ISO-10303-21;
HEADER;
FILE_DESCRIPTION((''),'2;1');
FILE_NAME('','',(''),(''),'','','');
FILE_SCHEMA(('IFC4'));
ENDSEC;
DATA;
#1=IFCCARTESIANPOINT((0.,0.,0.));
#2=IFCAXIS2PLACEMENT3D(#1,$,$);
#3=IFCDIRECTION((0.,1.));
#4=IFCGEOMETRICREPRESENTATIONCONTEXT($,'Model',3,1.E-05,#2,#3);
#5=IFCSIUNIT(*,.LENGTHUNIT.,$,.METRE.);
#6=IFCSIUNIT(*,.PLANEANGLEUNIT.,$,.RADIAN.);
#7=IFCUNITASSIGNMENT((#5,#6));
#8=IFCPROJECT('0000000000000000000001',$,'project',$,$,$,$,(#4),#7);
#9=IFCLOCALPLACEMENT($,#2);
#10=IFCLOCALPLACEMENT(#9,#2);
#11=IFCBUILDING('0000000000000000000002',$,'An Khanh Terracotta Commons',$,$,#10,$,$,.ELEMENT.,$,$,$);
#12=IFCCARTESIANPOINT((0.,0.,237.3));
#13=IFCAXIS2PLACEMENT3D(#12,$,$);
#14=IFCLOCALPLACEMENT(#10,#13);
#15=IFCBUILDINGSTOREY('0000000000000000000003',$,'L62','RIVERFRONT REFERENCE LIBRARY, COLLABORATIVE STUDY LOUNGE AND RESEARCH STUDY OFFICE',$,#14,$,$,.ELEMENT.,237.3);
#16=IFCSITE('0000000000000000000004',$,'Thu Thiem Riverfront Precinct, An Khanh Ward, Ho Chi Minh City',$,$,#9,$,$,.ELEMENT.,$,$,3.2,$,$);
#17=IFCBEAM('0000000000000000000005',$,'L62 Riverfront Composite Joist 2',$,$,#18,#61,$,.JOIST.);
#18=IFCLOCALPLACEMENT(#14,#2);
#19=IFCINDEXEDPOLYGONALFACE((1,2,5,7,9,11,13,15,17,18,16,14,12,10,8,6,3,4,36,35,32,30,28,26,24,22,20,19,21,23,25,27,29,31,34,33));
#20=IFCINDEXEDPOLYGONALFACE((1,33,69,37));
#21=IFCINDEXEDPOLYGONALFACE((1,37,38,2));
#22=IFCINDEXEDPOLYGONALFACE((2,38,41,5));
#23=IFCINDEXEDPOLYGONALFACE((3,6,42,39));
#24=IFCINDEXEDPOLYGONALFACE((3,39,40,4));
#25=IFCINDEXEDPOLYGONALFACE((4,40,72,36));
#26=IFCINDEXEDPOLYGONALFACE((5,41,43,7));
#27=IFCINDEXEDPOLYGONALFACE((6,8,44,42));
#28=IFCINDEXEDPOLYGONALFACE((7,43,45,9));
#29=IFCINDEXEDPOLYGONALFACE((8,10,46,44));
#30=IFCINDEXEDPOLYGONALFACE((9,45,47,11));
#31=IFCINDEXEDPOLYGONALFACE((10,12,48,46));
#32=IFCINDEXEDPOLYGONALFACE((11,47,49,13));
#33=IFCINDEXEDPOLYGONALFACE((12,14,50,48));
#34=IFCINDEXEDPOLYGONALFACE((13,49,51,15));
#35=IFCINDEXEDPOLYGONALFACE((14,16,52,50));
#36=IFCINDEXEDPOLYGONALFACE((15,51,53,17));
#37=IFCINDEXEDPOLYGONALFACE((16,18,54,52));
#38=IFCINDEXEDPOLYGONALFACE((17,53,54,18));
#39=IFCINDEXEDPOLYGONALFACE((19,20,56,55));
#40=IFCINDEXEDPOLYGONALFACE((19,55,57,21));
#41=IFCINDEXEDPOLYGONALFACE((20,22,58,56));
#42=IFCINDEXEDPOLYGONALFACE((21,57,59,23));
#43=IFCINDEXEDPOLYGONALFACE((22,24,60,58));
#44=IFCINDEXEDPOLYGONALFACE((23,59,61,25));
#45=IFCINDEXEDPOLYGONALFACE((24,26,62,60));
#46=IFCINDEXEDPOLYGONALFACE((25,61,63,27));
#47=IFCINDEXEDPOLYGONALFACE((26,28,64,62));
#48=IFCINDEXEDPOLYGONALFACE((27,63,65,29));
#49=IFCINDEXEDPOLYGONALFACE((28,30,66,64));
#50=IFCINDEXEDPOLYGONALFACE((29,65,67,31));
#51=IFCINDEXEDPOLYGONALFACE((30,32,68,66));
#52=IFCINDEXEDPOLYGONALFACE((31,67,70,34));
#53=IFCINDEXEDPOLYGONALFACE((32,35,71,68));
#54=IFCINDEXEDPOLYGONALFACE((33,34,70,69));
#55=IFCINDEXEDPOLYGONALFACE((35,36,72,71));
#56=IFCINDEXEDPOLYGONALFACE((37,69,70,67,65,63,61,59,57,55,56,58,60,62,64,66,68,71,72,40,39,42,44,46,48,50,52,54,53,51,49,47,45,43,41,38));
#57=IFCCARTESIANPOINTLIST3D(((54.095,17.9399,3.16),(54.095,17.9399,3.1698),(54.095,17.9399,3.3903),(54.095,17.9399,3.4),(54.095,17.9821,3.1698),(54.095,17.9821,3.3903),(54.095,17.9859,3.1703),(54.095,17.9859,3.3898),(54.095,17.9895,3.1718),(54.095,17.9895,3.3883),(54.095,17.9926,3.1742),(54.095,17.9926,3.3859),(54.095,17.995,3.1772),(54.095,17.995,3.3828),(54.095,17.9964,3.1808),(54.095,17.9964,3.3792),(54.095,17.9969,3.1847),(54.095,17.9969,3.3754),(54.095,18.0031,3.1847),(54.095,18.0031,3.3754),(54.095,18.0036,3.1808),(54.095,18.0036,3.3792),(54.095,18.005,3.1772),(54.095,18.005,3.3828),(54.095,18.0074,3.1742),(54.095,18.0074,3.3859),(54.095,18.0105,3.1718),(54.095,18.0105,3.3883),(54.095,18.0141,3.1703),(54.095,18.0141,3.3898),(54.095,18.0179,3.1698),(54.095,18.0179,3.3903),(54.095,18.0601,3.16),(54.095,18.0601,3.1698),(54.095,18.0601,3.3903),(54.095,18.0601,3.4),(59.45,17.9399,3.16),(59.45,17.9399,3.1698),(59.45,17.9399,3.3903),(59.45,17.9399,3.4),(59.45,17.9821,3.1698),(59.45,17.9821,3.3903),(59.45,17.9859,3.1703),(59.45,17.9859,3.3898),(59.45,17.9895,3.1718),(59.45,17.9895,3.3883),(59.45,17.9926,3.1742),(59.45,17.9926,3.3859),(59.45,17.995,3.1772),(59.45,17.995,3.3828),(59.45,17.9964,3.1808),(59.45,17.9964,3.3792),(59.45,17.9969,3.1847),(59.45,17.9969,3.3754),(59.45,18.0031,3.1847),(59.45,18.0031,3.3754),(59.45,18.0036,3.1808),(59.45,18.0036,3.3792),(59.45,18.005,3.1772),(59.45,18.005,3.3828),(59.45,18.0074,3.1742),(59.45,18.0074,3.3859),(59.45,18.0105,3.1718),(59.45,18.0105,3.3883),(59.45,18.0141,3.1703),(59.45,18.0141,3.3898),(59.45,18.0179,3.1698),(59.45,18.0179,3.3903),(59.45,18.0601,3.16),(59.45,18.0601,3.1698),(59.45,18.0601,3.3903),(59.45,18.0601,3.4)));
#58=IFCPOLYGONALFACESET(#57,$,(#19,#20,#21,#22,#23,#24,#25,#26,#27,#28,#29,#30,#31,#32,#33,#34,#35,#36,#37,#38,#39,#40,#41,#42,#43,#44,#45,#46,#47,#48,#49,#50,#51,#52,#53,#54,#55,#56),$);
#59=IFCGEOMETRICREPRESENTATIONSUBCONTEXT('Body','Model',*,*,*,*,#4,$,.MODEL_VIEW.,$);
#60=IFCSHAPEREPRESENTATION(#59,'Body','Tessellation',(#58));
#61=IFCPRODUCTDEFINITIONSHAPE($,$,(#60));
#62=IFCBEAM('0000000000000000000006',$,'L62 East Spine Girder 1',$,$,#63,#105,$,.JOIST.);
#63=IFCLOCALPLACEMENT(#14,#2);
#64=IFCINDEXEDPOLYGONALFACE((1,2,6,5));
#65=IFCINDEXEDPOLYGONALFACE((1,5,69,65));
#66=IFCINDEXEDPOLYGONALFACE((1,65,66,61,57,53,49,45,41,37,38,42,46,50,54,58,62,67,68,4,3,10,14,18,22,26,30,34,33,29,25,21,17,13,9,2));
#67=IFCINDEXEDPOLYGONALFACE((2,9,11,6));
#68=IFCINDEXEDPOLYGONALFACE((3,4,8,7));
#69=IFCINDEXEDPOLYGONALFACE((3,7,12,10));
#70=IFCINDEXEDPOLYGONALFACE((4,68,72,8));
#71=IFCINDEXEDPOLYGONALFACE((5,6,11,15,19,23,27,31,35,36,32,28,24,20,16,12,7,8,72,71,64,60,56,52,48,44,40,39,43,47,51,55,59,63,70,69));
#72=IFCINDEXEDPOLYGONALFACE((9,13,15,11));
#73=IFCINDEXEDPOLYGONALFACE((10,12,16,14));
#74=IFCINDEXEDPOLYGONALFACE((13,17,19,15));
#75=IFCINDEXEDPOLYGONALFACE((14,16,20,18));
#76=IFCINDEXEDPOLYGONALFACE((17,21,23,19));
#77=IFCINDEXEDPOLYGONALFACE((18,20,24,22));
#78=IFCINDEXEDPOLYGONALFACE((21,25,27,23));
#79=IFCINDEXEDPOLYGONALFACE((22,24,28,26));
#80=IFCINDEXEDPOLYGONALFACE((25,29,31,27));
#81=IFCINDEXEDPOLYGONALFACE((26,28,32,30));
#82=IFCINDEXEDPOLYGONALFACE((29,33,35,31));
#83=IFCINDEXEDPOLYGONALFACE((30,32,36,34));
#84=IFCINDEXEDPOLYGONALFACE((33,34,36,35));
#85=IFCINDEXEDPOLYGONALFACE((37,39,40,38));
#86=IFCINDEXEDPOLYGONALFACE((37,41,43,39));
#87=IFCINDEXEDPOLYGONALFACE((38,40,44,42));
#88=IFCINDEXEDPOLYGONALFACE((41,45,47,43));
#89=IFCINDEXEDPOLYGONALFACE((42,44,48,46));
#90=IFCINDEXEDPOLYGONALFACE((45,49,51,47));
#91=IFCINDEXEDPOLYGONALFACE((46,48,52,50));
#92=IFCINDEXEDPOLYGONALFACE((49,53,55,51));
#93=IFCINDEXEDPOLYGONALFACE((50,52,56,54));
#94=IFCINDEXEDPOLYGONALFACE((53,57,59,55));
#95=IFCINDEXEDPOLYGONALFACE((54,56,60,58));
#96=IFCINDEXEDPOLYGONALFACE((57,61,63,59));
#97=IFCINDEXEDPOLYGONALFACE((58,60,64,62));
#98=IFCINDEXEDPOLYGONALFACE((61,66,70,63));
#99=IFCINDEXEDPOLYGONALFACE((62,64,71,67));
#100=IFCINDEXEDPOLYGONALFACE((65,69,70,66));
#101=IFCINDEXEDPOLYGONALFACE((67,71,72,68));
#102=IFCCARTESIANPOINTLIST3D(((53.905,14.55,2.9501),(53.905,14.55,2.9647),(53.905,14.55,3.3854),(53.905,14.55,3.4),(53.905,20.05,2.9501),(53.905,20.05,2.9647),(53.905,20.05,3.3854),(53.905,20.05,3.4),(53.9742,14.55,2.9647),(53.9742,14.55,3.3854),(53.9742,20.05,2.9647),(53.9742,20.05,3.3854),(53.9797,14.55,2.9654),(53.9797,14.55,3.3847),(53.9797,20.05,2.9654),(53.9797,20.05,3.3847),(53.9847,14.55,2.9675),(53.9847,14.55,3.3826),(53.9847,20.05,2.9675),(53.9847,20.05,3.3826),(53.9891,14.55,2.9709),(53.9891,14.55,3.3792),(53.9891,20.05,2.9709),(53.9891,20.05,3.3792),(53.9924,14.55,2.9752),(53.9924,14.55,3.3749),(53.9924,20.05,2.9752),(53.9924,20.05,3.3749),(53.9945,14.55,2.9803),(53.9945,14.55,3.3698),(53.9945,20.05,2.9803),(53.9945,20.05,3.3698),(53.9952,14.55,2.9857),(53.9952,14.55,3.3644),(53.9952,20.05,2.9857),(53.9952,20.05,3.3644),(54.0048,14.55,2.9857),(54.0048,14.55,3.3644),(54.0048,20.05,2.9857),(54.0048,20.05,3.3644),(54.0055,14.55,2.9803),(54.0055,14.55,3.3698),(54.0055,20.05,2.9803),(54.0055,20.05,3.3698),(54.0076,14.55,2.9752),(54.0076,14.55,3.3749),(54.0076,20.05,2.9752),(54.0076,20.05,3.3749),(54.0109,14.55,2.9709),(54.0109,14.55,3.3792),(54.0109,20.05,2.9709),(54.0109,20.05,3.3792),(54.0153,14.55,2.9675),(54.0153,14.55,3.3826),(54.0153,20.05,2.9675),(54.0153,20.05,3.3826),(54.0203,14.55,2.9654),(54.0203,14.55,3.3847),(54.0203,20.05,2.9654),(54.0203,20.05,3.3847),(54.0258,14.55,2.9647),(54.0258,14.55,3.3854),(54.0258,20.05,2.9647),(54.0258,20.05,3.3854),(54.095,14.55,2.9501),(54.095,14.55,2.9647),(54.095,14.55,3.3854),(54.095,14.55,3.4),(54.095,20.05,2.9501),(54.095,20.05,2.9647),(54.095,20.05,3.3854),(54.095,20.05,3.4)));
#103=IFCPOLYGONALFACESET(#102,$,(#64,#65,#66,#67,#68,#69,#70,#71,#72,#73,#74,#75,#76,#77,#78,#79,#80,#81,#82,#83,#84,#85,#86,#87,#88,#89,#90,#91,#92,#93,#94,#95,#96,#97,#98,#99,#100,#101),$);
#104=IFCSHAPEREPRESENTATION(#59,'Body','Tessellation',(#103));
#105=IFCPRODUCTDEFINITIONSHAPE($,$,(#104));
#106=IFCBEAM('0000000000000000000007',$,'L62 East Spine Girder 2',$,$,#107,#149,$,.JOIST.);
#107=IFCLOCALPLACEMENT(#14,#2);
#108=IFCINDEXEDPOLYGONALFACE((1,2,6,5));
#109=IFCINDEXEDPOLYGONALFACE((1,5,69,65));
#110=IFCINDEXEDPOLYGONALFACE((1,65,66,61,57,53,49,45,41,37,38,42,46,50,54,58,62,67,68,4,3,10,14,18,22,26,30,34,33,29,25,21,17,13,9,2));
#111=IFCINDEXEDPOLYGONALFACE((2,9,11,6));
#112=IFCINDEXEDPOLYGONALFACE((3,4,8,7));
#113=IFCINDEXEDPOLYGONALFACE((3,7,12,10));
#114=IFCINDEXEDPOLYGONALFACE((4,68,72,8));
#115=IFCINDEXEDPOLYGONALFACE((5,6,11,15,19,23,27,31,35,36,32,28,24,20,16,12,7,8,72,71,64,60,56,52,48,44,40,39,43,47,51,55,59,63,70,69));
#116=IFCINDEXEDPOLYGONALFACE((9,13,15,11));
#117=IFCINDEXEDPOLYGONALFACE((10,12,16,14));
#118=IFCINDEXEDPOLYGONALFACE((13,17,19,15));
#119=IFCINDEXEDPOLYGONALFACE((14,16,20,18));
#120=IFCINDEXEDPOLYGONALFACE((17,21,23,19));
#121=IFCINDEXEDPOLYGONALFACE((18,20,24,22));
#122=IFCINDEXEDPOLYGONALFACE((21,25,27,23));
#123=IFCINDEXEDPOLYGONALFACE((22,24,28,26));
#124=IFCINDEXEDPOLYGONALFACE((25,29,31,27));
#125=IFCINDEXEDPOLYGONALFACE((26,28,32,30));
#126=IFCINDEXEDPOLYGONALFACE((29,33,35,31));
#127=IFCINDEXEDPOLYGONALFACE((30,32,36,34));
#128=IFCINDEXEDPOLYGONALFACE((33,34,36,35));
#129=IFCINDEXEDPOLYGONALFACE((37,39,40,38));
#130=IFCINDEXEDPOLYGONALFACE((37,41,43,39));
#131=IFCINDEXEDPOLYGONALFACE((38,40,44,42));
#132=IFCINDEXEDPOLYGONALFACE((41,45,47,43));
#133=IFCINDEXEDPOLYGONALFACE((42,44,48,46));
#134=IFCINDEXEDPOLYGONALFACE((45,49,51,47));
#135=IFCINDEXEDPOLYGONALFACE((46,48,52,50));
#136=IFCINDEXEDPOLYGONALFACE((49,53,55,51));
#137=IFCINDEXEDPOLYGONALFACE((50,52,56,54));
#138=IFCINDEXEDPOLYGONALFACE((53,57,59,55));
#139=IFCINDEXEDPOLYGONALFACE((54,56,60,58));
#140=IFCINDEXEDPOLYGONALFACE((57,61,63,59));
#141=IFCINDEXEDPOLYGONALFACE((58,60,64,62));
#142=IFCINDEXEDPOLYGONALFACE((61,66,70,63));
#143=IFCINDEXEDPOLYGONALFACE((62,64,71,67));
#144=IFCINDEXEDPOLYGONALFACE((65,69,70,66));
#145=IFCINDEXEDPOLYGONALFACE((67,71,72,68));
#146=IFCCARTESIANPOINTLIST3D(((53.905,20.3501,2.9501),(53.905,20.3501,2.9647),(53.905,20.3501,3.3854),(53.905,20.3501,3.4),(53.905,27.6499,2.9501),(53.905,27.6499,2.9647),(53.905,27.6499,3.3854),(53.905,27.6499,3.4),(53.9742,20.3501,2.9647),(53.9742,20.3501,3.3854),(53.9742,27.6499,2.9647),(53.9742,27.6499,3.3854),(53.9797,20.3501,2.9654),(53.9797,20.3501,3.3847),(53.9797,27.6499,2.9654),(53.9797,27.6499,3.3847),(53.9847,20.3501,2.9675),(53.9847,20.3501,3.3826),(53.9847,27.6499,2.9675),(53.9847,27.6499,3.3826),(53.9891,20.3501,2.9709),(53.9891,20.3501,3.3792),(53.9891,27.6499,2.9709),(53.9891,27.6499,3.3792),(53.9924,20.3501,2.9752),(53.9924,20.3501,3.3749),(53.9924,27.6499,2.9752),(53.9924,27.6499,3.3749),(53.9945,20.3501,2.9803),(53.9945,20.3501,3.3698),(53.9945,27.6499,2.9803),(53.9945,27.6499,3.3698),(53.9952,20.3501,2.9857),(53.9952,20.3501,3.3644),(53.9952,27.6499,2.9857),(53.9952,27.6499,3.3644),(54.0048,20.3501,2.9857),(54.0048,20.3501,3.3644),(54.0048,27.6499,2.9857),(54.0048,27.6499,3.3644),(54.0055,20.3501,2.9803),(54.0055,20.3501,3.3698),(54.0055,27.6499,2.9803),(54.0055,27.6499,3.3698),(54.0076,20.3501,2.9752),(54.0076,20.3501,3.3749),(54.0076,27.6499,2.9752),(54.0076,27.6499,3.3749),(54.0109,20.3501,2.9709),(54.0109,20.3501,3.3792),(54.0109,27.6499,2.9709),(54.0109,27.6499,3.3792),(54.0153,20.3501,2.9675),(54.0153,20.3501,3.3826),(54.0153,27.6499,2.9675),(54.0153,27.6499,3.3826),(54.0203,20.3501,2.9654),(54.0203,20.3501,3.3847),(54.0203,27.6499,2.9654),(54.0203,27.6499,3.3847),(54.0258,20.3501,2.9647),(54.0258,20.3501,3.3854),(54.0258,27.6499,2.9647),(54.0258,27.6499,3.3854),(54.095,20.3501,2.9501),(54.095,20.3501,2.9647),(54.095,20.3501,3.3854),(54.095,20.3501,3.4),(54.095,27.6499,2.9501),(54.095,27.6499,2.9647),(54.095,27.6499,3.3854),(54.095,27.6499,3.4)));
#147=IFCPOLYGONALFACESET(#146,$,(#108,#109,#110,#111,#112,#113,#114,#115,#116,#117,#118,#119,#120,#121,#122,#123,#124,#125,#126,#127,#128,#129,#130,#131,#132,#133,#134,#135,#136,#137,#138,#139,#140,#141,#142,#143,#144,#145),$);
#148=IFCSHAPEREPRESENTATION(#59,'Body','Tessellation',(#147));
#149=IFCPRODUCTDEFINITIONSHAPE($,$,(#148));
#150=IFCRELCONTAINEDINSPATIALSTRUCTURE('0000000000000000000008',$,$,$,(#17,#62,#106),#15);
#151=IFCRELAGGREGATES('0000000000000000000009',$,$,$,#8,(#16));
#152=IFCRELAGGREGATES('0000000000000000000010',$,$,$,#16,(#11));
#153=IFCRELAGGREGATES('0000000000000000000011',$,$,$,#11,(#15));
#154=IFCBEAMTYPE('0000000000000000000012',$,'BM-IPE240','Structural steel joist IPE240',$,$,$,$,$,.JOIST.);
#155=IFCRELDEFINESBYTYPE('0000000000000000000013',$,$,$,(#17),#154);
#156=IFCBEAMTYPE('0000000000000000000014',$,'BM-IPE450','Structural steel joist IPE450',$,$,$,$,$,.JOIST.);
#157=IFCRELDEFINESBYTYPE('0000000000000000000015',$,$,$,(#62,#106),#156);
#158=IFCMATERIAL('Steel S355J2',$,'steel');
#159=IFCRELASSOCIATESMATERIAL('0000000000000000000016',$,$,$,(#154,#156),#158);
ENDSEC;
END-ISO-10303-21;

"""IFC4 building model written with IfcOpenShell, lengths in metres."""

from ifc_helpers import new_model, si_unit, direction, frame, origin, origin_2d, place, context, subcontext, project, spatial, i_section, extrude, material, material_profile, profile_set, type_object, element, save


model = new_model("IFC4")

# Units and contexts
model_context = context("Model", 3, precision=1e-05, world=origin(), true_north=direction((0.0, 1.0)))
body_context = subcontext(model_context, "Body", "Model", "MODEL_VIEW")
ifc_project = project(units=[si_unit("LENGTHUNIT", "METRE"), si_unit("PLANEANGLEUNIT", "RADIAN")], contexts=[model_context])

# Site, building, storey
site_placement = place(None, origin())
site = spatial("IfcSite", under=ifc_project, at=site_placement, Name="Thu Thiem Riverfront Precinct, An Khanh Ward, Ho Chi Minh City", CompositionType="ELEMENT", RefElevation=3.2)
building_placement = place(site_placement, origin())
building = spatial("IfcBuilding", under=site, at=building_placement, Name="An Khanh Terracotta Commons", CompositionType="ELEMENT")
storey_placement = place(building_placement, frame((0.0, 0.0, 237.3)))
storey = spatial("IfcBuildingStorey", under=building, at=storey_placement, Name="L62", Description="RIVERFRONT REFERENCE LIBRARY, COLLABORATIVE STUDY LOUNGE AND RESEARCH STUDY OFFICE", CompositionType="ELEMENT", Elevation=237.3)

# Beams
ifc_material_1 = material(Name="Steel S355J2", Category="steel")
ifc_material_profile_1 = material_profile(ifc_material_1, i_section(OverallWidth=0.1201, OverallDepth=0.24, WebThickness=0.0061, FlangeThickness=0.0098, FilletRadius=0.0149, at=origin_2d()), Name="IPE240")
ifc_profile_set_1 = profile_set([ifc_material_profile_1], Name="Steel S355J2")
beam_type_1 = type_object("IfcBeamType", Name="BM-IPE240", Description="Structural steel joist IPE240", PredefinedType="JOIST", material=ifc_profile_set_1)
beam_1_placement = place(storey_placement, frame((54.095, 18.0, 3.28), z_axis=(1.0, 0.0, 0.0), x_axis=(0.0, 1.0, 0.0)))
element("IfcBeam", 1, at=beam_1_placement, inside=storey, type_object=beam_type_1, Name="L62 Riverfront Composite Joist 2", PredefinedType="JOIST", context=body_context, shape_type="SweptSolid", body=[
    extrude(i_section(OverallWidth=0.1201, OverallDepth=0.24, WebThickness=0.0061, FlangeThickness=0.0098, FilletRadius=0.0149, at=origin_2d()), origin(), (0.0, 0.0, 1.0), 5.355),
])
ifc_material_profile_2 = material_profile(ifc_material_1, i_section(OverallWidth=0.1899, OverallDepth=0.45, WebThickness=0.0095, FlangeThickness=0.0146, FilletRadius=0.021, at=origin_2d()), Name="IPE450")
ifc_profile_set_2 = profile_set([ifc_material_profile_2], Name="Steel S355J2")
beam_type_2 = type_object("IfcBeamType", Name="BM-IPE450", Description="Structural steel joist IPE450", PredefinedType="JOIST", material=ifc_profile_set_2)
beam_2_placement = place(storey_placement, frame((54.0, 14.55, 3.175), z_axis=(0.0, 1.0, 0.0), x_axis=(-1.0, 0.0, 0.0)))
element("IfcBeam", 2, at=beam_2_placement, inside=storey, type_object=beam_type_2, Name="L62 East Spine Girder 1", PredefinedType="JOIST", context=body_context, shape_type="SweptSolid", body=[
    extrude(i_section(OverallWidth=0.1899, OverallDepth=0.45, WebThickness=0.0095, FlangeThickness=0.0146, FilletRadius=0.021, at=origin_2d()), origin(), (0.0, 0.0, 1.0), 5.5),
])
beam_3_placement = place(storey_placement, frame((54.0, 20.3501, 3.175), z_axis=(0.0, 1.0, 0.0), x_axis=(-1.0, 0.0, 0.0)))
element("IfcBeam", 3, at=beam_3_placement, inside=storey, type_object=beam_type_2, Name="L62 East Spine Girder 2", PredefinedType="JOIST", context=body_context, shape_type="SweptSolid", body=[
    extrude(i_section(OverallWidth=0.1899, OverallDepth=0.45, WebThickness=0.0095, FlangeThickness=0.0146, FilletRadius=0.021, at=origin_2d()), origin(), (0.0, 0.0, 1.0), 7.2998),
])

save(model, "model.ifc")
